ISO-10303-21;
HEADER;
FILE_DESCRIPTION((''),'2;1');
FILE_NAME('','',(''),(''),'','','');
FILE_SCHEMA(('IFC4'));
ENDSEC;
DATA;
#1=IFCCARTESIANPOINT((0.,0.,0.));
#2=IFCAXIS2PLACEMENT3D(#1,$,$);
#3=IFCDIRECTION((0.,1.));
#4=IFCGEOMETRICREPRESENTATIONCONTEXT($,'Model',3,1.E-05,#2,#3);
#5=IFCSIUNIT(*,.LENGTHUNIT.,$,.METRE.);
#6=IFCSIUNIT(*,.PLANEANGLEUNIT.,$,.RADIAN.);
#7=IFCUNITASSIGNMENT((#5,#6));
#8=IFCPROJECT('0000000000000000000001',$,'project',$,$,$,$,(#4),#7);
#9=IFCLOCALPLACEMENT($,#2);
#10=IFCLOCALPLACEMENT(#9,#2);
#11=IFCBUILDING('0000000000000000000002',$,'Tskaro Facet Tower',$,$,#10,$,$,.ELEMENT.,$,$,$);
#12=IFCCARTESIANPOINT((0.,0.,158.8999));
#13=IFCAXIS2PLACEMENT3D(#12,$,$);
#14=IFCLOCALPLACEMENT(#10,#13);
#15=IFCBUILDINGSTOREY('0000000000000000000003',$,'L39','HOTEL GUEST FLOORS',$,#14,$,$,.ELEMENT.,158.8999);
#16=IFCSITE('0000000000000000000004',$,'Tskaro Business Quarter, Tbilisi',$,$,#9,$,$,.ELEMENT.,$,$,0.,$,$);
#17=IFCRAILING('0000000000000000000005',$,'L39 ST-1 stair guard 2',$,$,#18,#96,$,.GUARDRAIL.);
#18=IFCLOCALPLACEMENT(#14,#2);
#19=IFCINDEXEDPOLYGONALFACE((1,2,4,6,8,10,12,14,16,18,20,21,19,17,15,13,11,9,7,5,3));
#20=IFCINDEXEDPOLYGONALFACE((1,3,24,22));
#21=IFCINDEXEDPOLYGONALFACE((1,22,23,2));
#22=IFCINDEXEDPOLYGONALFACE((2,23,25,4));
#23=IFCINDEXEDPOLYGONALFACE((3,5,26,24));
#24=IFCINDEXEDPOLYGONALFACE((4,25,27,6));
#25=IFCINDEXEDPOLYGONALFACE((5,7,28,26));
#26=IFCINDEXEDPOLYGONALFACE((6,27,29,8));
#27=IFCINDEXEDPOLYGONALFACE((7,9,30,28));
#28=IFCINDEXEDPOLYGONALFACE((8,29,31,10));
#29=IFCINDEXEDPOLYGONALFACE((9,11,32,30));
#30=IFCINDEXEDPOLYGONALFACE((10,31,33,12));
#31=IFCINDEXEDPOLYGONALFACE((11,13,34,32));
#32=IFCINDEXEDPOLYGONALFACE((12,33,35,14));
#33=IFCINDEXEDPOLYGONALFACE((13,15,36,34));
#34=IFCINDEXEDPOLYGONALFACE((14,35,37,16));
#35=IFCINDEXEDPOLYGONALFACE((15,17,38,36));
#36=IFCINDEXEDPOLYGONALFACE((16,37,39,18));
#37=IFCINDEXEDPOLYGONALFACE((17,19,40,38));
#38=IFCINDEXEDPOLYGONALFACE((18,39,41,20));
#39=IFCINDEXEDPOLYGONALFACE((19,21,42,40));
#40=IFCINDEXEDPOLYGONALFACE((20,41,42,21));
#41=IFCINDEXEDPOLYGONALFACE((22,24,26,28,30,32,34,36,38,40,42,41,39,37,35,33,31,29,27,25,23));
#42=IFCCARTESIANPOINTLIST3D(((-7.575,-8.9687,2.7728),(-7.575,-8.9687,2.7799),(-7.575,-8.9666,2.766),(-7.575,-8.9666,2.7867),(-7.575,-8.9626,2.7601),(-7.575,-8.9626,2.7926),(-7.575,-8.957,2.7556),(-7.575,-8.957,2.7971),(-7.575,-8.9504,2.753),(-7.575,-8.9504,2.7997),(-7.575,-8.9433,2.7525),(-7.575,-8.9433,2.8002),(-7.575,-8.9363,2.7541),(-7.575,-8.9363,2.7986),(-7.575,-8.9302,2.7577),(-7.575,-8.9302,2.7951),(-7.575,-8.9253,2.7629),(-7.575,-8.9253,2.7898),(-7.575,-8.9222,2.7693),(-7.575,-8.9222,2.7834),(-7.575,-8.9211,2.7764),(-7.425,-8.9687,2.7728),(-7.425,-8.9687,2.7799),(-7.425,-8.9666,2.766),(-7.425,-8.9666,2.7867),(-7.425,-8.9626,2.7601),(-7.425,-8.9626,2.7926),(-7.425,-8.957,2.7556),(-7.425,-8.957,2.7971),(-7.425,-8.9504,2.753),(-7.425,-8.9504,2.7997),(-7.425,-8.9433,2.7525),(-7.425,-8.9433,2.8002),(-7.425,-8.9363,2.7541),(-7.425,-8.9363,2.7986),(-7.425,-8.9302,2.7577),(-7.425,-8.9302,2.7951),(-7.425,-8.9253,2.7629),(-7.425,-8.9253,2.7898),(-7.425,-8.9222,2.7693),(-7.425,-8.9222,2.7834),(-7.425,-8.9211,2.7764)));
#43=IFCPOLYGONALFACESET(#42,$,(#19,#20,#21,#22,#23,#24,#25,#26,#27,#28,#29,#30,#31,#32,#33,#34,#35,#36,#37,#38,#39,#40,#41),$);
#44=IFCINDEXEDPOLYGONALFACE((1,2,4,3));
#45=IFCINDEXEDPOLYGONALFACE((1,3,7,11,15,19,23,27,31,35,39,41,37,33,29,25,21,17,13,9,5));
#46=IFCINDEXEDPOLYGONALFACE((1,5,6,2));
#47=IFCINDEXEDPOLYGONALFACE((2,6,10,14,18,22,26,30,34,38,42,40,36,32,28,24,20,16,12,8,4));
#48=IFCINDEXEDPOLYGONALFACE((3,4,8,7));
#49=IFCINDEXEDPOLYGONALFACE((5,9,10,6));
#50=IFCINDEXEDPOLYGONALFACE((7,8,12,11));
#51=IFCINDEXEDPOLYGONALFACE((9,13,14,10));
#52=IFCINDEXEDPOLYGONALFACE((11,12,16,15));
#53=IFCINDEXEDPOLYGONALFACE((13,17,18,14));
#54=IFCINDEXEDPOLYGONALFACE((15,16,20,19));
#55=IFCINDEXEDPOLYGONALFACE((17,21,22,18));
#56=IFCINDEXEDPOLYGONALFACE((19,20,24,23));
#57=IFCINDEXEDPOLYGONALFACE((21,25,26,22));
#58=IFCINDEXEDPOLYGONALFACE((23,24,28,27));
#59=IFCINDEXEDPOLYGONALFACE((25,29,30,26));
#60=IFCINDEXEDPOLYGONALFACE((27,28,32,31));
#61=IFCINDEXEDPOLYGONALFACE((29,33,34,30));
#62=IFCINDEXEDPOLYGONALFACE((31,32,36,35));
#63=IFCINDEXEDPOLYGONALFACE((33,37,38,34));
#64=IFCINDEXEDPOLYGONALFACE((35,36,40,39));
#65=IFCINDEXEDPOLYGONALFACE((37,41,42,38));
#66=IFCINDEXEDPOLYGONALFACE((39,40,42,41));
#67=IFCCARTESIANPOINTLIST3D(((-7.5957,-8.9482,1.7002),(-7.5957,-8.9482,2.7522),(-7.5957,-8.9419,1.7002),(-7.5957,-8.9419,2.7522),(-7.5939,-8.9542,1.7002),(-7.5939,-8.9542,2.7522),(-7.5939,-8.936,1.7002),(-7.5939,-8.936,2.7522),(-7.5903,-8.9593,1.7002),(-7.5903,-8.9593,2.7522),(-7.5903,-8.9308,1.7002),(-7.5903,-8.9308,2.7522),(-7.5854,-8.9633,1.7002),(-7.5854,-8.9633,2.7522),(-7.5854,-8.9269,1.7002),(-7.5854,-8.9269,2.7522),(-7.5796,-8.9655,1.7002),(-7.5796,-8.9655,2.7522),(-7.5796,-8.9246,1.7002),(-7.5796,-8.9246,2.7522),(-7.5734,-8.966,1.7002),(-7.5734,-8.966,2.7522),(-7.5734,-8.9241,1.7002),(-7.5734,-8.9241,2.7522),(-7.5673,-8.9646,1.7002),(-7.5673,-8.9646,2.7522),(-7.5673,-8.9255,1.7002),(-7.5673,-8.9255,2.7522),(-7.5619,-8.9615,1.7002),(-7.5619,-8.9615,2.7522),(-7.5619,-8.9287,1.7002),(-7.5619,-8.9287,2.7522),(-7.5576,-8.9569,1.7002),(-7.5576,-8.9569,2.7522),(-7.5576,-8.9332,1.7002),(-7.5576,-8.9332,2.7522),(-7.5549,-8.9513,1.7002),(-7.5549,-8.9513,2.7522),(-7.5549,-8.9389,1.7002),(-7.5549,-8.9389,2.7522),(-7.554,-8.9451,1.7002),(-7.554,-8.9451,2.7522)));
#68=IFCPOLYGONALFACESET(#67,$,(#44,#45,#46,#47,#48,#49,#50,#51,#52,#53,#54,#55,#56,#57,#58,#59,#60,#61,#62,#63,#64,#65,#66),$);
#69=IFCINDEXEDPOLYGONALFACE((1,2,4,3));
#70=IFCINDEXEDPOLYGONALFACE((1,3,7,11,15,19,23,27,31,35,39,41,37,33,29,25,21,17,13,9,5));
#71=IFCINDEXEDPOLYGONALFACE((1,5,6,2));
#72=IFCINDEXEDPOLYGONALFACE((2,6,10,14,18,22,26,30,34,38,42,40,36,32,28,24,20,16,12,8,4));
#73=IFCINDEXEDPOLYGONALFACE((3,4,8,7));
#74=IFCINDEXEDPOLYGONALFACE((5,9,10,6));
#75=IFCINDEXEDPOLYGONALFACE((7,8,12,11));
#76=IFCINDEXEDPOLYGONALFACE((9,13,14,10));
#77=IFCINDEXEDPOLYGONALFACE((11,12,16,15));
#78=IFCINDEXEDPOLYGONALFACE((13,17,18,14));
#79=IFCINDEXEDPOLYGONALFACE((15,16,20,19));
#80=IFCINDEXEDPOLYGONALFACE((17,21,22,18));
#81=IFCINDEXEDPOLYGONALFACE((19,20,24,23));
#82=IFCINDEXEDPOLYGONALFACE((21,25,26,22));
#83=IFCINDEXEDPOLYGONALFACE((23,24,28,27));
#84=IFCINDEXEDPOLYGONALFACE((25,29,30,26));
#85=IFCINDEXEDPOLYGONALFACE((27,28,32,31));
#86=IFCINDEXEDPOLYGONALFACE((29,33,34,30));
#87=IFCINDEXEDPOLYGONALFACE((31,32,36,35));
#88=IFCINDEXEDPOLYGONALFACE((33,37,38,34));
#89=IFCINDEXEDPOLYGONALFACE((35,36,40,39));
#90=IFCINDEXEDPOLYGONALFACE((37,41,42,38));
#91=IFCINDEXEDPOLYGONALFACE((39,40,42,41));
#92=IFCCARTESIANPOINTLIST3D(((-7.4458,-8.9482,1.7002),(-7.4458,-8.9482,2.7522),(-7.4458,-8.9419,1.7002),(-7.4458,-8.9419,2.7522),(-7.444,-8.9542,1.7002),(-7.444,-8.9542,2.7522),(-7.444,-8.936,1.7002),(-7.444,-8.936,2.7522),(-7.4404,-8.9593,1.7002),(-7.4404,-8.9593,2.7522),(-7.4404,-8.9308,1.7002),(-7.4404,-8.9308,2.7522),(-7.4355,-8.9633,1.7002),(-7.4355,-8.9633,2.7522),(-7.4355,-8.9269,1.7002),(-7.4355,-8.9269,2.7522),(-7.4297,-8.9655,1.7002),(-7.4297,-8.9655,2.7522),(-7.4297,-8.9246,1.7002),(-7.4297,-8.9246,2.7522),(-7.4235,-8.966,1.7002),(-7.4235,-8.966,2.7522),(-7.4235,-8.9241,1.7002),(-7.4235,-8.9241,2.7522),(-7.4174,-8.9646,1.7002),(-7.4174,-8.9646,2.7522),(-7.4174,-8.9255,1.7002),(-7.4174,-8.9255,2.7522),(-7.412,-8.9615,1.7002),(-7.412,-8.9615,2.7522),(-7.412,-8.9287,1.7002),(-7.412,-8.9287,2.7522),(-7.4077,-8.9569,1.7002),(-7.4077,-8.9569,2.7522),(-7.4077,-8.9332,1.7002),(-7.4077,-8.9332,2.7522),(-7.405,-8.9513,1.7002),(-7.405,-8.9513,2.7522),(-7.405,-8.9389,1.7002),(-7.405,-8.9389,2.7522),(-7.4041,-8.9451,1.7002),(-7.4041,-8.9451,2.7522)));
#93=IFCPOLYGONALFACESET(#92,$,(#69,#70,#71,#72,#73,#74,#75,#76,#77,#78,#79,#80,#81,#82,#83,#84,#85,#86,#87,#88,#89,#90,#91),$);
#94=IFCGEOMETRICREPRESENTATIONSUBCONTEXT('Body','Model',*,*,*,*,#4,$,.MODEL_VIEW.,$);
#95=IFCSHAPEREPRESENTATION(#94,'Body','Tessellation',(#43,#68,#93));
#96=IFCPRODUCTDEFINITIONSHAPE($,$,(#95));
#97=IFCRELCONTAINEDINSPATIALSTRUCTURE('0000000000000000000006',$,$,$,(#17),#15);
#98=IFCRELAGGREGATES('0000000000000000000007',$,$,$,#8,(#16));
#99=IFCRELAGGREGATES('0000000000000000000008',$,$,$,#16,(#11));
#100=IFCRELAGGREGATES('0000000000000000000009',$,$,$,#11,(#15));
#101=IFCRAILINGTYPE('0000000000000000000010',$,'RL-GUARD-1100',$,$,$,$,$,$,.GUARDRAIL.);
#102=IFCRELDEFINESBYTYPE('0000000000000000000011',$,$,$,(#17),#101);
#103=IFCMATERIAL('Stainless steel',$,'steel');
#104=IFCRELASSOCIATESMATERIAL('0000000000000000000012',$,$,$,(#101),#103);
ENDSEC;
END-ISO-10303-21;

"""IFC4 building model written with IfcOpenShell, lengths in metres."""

from ifc_helpers import new_model, si_unit, direction, frame, origin, origin_2d, place, context, subcontext, project, spatial, circle, extrude, material, type_object, element, save


model = new_model("IFC4")

# Units and contexts
model_context = context("Model", 3, precision=1e-05, world=origin(), true_north=direction((0.0, 1.0)))
body_context = subcontext(model_context, "Body", "Model", "MODEL_VIEW")
ifc_project = project(units=[si_unit("LENGTHUNIT", "METRE"), si_unit("PLANEANGLEUNIT", "RADIAN")], contexts=[model_context])

# Site, building, storey
site_placement = place(None, origin())
site = spatial("IfcSite", under=ifc_project, at=site_placement, Name="Tskaro Business Quarter, Tbilisi", CompositionType="ELEMENT", RefElevation=0.0)
building_placement = place(site_placement, origin())
building = spatial("IfcBuilding", under=site, at=building_placement, Name="Tskaro Facet Tower", CompositionType="ELEMENT")
storey_placement = place(building_placement, frame((0.0, 0.0, 158.8999)))
storey = spatial("IfcBuildingStorey", under=building, at=storey_placement, Name="L39", Description="HOTEL GUEST FLOORS", CompositionType="ELEMENT", Elevation=158.8999)

# Shared definitions
ifc_material_1 = material(Name="Stainless steel", Category="steel")

# Railing
railing_type_1 = type_object("IfcRailingType", Name="RL-GUARD-1100", PredefinedType="GUARDRAIL", material=ifc_material_1)
railing_1_placement = place(storey_placement, frame((-7.575, -8.9451, 1.7002)))
element("IfcRailing", 1, at=railing_1_placement, inside=storey, type_object=railing_type_1, Name="L39 ST-1 stair guard 2", PredefinedType="GUARDRAIL", context=body_context, shape_type="SweptSolid", body=[
    extrude(circle(Radius=0.0239, at=origin_2d()), frame((0.0, 0.0, 1.0762), z_axis=(1.0, 0.0, 0.0), x_axis=(0.0, 1.0, 0.0)), (0.0, 0.0, 1.0), 0.1499),
    extrude(circle(Radius=0.021, at=origin_2d()), origin(), (0.0, 0.0, 1.0), 1.052),
    extrude(circle(Radius=0.021, at=origin_2d()), frame((0.1499, 0.0, 0.0)), (0.0, 0.0, 1.0), 1.052),
])

save(model, "model.ifc")
